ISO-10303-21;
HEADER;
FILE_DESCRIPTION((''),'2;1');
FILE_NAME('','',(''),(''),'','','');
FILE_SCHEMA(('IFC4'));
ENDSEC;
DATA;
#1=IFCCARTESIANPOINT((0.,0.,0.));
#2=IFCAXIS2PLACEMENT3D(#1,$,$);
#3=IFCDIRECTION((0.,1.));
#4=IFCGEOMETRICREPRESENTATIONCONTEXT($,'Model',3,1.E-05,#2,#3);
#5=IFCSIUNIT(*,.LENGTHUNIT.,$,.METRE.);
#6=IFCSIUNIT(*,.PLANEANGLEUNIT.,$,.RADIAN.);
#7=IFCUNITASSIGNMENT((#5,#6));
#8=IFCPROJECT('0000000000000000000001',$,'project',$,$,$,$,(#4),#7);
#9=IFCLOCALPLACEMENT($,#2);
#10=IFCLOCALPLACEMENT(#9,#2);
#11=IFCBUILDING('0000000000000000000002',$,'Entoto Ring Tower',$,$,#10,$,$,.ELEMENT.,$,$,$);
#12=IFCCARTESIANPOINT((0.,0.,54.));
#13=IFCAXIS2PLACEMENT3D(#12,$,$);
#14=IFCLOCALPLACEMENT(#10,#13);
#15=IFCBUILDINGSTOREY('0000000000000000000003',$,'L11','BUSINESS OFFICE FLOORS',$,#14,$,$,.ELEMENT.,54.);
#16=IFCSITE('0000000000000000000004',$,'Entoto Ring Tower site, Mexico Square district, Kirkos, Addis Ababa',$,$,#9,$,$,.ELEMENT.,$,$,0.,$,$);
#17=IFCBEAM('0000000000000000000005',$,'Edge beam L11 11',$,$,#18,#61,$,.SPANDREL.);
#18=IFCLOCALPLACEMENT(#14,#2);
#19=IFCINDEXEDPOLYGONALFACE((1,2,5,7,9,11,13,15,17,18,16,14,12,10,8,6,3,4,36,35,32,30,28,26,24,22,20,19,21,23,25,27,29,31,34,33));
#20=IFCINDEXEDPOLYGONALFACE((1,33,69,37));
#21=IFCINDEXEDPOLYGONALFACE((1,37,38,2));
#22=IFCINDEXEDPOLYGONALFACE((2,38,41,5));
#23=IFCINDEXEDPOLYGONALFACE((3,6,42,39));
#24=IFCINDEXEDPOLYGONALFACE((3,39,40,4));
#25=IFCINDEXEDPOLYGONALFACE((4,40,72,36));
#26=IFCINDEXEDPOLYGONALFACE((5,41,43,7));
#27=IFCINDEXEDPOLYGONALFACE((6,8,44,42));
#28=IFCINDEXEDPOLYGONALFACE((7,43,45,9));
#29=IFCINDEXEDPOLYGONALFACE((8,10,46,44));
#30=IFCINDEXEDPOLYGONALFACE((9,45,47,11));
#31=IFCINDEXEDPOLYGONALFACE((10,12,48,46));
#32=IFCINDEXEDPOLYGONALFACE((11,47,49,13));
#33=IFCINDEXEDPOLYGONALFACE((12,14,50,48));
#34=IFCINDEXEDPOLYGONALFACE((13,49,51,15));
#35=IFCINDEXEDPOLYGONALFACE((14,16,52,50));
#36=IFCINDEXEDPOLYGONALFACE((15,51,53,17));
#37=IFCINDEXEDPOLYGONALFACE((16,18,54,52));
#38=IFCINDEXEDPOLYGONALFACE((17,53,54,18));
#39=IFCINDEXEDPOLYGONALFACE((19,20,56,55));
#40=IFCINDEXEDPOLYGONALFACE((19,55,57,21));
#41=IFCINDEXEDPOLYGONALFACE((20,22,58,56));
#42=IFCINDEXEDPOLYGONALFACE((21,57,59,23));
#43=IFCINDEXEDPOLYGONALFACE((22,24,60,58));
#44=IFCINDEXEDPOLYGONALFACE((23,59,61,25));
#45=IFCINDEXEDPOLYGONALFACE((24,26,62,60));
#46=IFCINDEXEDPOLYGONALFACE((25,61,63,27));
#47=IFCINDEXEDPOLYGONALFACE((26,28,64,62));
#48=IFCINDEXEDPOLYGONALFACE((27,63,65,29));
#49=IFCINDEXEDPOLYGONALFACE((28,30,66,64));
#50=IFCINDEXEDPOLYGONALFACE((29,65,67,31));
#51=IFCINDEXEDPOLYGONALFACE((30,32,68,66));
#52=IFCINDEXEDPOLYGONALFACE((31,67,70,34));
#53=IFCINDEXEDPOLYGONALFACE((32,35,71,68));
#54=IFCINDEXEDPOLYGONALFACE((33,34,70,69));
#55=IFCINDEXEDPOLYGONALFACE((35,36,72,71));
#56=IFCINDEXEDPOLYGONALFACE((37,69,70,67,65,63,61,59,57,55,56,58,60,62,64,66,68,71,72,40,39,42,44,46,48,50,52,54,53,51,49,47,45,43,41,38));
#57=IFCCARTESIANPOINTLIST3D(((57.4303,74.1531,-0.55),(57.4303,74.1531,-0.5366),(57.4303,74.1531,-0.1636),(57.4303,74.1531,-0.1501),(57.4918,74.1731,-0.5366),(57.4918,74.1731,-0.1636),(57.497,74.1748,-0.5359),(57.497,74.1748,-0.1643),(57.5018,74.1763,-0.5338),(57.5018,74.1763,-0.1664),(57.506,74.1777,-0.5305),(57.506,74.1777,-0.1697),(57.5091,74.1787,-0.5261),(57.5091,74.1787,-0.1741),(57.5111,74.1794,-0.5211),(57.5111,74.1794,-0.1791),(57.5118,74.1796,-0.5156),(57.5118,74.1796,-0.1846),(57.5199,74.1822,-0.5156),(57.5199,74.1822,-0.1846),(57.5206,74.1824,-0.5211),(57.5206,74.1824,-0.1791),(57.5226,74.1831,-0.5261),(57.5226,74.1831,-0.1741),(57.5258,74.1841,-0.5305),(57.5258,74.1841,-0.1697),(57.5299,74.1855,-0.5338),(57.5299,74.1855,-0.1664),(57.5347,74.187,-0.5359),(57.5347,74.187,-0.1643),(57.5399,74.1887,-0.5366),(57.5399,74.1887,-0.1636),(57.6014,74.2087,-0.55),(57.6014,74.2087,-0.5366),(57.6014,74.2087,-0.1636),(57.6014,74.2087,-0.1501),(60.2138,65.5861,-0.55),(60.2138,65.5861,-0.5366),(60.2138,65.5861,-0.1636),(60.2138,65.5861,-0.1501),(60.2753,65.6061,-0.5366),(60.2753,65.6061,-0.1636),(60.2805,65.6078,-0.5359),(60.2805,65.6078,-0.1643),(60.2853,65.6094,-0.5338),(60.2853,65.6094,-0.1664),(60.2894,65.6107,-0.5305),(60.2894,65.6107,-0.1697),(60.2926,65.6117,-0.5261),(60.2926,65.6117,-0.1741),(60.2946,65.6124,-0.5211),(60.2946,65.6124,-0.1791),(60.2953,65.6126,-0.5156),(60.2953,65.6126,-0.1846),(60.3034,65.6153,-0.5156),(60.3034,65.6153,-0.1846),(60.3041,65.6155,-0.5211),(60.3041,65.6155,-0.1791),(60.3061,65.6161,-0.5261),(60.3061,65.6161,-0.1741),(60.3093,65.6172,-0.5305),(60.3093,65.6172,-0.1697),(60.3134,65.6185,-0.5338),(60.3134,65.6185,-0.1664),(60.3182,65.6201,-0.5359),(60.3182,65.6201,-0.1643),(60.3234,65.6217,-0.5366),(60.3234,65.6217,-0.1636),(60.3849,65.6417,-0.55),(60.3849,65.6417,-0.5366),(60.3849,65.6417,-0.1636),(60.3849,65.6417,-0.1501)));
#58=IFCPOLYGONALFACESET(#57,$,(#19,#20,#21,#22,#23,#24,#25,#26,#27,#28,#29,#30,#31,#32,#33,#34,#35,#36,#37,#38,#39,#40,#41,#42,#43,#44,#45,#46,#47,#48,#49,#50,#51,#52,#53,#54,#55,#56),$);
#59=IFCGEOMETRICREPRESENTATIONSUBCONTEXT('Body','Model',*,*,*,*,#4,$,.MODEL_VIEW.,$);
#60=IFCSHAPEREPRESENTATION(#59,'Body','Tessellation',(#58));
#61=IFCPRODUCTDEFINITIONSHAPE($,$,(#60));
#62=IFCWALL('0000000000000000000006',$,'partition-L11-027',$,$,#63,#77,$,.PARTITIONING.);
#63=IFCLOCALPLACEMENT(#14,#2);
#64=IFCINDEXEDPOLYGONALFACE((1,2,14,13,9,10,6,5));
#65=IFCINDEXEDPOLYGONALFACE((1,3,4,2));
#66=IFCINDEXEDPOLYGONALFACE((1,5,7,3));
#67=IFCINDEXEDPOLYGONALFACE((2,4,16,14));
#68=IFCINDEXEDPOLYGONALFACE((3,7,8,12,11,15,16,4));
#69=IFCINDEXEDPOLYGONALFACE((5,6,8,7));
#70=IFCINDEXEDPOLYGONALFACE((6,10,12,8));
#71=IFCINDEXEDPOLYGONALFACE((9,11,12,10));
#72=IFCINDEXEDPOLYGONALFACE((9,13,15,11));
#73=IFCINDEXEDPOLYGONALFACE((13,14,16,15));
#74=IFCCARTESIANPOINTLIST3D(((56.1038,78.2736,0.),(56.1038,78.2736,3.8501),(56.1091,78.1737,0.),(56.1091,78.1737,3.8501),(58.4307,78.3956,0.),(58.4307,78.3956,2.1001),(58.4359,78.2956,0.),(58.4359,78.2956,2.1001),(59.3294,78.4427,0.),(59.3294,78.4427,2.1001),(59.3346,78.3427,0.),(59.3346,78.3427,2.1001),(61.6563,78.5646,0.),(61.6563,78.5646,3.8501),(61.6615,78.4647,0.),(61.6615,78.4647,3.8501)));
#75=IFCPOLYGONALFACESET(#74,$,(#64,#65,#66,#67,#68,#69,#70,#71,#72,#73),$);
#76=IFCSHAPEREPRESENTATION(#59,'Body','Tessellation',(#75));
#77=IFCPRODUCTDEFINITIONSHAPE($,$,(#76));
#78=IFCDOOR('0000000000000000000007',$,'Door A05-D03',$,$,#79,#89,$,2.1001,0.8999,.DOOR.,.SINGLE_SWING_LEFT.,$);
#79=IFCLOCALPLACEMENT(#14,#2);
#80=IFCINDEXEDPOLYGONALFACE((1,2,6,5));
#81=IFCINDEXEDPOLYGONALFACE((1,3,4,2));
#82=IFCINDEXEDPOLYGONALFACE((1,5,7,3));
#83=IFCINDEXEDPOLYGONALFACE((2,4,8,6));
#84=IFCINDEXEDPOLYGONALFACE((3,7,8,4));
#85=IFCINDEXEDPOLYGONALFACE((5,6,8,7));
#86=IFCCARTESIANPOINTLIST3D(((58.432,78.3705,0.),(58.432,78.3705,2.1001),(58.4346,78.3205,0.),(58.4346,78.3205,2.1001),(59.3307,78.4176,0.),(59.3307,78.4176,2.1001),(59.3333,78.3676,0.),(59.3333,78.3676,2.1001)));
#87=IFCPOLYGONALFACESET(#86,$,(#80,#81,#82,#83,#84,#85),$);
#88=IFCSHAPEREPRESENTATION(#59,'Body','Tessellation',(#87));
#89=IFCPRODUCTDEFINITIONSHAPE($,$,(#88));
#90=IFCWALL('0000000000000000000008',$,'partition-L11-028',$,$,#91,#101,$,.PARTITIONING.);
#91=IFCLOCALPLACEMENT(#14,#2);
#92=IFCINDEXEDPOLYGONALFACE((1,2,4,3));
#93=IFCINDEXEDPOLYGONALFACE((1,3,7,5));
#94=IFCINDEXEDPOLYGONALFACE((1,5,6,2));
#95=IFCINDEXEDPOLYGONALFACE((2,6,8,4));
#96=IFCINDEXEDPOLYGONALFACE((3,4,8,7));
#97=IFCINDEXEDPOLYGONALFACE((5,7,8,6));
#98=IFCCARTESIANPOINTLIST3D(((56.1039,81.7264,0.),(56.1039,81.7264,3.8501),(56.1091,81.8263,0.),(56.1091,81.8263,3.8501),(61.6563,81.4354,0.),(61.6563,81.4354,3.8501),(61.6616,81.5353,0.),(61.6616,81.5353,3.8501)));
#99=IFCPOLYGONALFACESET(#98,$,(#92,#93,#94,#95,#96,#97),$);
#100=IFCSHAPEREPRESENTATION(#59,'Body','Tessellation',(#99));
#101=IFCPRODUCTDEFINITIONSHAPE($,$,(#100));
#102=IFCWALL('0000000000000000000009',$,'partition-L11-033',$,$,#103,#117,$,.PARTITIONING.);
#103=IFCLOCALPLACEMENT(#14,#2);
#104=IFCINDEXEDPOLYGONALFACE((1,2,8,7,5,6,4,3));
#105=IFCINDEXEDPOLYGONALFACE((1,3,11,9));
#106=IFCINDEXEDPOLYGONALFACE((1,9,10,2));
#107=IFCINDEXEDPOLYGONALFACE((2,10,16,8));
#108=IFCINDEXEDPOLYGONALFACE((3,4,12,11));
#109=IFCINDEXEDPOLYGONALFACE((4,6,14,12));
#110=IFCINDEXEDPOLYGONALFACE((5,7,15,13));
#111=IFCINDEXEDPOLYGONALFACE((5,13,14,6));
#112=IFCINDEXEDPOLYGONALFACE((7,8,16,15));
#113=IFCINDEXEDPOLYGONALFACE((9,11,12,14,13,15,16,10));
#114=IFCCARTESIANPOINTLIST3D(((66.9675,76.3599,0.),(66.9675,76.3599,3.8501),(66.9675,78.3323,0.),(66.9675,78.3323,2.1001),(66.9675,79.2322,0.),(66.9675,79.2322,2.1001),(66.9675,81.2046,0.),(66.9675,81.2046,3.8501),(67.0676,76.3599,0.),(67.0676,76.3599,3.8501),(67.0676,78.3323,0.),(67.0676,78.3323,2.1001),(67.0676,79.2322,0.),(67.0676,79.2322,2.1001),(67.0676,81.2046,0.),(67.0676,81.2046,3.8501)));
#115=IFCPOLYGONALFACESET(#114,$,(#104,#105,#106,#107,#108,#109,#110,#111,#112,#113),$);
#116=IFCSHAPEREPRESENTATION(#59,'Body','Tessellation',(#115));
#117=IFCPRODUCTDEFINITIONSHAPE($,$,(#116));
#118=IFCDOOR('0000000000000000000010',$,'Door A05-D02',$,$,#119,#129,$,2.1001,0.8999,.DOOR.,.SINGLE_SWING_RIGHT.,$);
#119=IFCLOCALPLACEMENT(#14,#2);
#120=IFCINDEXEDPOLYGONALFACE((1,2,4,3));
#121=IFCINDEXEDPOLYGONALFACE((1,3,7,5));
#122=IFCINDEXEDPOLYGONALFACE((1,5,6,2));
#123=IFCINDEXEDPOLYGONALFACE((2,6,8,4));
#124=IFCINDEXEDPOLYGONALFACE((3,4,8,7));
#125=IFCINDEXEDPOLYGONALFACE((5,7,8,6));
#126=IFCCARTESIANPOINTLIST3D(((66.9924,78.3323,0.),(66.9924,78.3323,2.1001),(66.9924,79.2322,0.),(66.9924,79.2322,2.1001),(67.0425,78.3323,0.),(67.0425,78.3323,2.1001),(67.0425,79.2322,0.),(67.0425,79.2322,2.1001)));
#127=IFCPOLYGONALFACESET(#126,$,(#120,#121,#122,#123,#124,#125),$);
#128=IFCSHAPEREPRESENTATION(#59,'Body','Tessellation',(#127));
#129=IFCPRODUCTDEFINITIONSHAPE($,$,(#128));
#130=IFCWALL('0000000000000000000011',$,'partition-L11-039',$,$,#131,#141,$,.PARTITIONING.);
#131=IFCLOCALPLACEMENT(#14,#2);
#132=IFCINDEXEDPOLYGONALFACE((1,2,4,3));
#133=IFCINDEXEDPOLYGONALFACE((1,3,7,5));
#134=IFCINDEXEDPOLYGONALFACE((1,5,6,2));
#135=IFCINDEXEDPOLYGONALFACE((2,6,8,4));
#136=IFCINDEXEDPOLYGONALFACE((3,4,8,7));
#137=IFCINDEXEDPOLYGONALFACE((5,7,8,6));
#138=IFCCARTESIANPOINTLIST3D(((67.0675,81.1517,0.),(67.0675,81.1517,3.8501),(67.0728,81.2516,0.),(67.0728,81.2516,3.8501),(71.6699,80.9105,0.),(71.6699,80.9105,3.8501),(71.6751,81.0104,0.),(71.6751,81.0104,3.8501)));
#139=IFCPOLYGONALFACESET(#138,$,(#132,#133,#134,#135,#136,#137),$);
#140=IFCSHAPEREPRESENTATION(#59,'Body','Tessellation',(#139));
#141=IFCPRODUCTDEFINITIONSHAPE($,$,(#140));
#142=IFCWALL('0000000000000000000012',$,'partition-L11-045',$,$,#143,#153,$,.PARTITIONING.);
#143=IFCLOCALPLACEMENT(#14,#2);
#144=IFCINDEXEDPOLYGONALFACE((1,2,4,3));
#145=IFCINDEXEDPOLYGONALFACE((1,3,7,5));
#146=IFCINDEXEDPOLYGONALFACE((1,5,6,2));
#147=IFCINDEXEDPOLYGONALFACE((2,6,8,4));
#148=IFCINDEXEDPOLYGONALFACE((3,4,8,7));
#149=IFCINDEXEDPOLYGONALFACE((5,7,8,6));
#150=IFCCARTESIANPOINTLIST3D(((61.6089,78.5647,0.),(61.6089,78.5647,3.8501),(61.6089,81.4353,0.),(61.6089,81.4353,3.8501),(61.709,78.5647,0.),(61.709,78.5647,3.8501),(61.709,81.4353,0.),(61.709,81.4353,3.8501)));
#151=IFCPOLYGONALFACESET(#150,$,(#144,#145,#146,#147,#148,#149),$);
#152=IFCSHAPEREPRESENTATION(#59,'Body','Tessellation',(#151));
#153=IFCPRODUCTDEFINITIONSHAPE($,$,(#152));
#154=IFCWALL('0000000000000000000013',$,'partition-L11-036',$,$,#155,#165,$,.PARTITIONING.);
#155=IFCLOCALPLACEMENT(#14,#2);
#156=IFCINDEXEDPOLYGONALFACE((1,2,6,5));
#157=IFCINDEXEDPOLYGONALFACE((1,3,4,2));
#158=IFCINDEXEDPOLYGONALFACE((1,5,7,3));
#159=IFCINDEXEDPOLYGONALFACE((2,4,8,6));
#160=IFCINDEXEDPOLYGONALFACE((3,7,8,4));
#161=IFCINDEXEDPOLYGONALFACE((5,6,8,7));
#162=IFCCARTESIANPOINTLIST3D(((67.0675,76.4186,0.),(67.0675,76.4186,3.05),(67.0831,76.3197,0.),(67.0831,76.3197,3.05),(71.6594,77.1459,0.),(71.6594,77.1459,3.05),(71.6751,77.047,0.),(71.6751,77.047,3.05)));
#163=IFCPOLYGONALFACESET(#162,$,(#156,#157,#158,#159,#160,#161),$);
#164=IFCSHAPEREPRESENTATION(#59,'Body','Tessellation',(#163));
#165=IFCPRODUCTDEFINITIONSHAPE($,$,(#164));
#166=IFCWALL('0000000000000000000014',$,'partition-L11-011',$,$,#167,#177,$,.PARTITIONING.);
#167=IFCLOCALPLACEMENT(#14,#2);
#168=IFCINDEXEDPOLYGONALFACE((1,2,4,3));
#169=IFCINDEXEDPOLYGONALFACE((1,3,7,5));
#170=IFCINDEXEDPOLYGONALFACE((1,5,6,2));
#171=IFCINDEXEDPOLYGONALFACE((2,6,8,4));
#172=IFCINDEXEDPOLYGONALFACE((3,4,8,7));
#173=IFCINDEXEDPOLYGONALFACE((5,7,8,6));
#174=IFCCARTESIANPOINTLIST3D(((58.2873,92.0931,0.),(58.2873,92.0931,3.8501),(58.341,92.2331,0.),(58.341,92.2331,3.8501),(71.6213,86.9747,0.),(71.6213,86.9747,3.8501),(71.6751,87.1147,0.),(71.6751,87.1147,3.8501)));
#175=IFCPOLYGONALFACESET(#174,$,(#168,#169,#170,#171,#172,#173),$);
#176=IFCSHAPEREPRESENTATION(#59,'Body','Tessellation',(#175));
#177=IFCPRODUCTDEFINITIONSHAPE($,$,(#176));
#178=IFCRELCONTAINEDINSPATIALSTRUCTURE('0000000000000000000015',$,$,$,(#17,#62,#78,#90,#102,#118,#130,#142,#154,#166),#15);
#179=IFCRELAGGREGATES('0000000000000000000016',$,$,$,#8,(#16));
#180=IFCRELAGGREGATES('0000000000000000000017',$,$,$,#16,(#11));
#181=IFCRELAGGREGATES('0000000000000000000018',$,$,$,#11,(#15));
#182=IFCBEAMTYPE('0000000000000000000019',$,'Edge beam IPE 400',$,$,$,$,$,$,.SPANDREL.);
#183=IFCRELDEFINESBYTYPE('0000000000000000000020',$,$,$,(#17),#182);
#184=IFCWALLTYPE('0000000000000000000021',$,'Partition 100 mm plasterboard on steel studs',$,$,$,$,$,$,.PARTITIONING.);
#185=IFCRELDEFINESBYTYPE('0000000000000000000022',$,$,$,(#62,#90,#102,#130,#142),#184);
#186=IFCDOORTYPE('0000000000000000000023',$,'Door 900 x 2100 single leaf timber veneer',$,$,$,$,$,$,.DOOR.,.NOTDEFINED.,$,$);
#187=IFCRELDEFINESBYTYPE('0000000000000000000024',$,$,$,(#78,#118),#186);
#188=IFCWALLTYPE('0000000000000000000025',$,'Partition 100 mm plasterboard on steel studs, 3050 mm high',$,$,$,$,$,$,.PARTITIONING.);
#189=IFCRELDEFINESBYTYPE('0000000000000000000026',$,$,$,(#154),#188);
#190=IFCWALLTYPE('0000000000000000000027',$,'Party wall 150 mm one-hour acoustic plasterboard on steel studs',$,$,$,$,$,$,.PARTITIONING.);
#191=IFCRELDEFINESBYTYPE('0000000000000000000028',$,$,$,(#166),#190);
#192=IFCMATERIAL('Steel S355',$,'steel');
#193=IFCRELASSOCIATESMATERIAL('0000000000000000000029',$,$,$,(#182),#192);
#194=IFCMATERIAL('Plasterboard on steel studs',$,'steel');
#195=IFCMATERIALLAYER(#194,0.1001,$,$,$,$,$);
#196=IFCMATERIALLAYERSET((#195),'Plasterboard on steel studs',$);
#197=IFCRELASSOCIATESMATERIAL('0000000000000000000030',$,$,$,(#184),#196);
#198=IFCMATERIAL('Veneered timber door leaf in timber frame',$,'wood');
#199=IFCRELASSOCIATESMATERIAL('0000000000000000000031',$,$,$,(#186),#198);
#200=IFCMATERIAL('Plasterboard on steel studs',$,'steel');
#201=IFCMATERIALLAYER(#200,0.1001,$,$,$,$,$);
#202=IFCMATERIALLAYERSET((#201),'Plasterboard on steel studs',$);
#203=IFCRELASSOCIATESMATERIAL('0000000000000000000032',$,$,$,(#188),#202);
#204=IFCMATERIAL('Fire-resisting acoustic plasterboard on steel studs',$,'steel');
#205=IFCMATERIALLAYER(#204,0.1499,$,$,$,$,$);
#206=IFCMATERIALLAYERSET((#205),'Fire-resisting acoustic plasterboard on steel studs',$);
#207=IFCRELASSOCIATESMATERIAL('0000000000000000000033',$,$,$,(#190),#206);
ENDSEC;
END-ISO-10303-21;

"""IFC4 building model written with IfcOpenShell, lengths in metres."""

from ifc_helpers import new_model, si_unit, direction, frame, frame_2d, origin, origin_2d, place, context, subcontext, project, spatial, rectangle, i_section, extrude, material, layer, layer_set, material_profile, profile_set, type_object, element, fill, save


model = new_model("IFC4")

# Units and contexts
model_context = context("Model", 3, precision=1e-05, world=origin(), true_north=direction((0.0, 1.0)))
body_context = subcontext(model_context, "Body", "Model", "MODEL_VIEW")
ifc_project = project(units=[si_unit("LENGTHUNIT", "METRE"), si_unit("PLANEANGLEUNIT", "RADIAN")], contexts=[model_context])

# Site, building, storey
site_placement = place(None, origin())
site = spatial("IfcSite", under=ifc_project, at=site_placement, Name="Entoto Ring Tower site, Mexico Square district, Kirkos, Addis Ababa", CompositionType="ELEMENT", RefElevation=0.0)
building_placement = place(site_placement, origin())
building = spatial("IfcBuilding", under=site, at=building_placement, Name="Entoto Ring Tower", CompositionType="ELEMENT")
storey_placement = place(building_placement, frame((0.0, 0.0, 54.0)))
storey = spatial("IfcBuildingStorey", under=building, at=storey_placement, Name="L11", Description="BUSINESS OFFICE FLOORS", CompositionType="ELEMENT", Elevation=54.0)

# Beam
ifc_material_1 = material(Name="Steel S355", Category="steel")
ifc_material_profile_1 = material_profile(ifc_material_1, i_section(OverallWidth=0.1799, OverallDepth=0.3999, WebThickness=0.0085, FlangeThickness=0.0134, FilletRadius=0.021, at=origin_2d()), Name="IPE 400")
ifc_profile_set_1 = profile_set([ifc_material_profile_1], Name="Steel S355")
beam_type = type_object("IfcBeamType", Name="Edge beam IPE 400", PredefinedType="SPANDREL", material=ifc_profile_set_1)
for number, where, z_axis, x_axis, name in (
    (1, (57.5159, 74.1809, -0.3501), (0.309006, -0.95106, 0.0), (0.95106, 0.309006, 0.0), "Edge beam L11 11"),
):
    element("IfcBeam", number, at=place(storey_placement, frame(where, z_axis=z_axis, x_axis=x_axis)), inside=storey, type_object=beam_type, Name=name, PredefinedType="SPANDREL", context=body_context, shape_type="SweptSolid", body=[
        extrude(i_section(OverallWidth=0.1799, OverallDepth=0.3999, WebThickness=0.0085, FlangeThickness=0.0134, FilletRadius=0.021, at=origin_2d()), origin(), (0.0, 0.0, 1.0), 9.0078),
    ])

# Wall, opening, door
ifc_material_2 = material(Name="Plasterboard on steel studs", Category="steel")
ifc_layer_1 = layer(ifc_material_2, 0.1001)
ifc_layer_set_1 = layer_set([ifc_layer_1], Name="Plasterboard on steel studs")
wall_type_1 = type_object("IfcWallType", Name="Partition 100 mm plasterboard on steel studs", PredefinedType="PARTITIONING", material=ifc_layer_set_1)
wall_1_placement = place(storey_placement, frame((56.1064, 78.2236, 0.0), z_axis=(0.0, 0.0, 1.0), x_axis=(0.998629, 0.05234, 0.0)))
wall_1 = element("IfcWall", 2, at=wall_1_placement, inside=storey, type_object=wall_type_1, Name="partition-L11-027", PredefinedType="PARTITIONING", context=body_context, shape_type="SweptSolid", body=[
    extrude(rectangle(XDim=5.5601, YDim=0.1001, at=frame_2d((2.78, 0.0))), origin(), (0.0, 0.0, 1.0), 3.8501),
])
opening_1_placement = place(wall_1_placement, frame((2.3301, 0.0, 0.0)))
opening_1 = element("IfcOpeningElement", 3, at=opening_1_placement, cuts=wall_1, PredefinedType="OPENING", context=body_context, shape_type="SweptSolid", body=[
    extrude(rectangle(XDim=0.8999, YDim=2.1001, at=frame_2d((0.45, 1.05))), frame((0.0, 0.0601, 0.0), z_axis=(0.0, -1.0, 0.0), x_axis=(1.0, 0.0, 0.0)), (0.0, 0.0, 1.0), 0.1201),
])
ifc_material_3 = material(Name="Veneered timber door leaf in timber frame", Category="wood")
door_type = type_object("IfcDoorType", Name="Door 900 x 2100 single leaf timber veneer", OperationType="NOTDEFINED", PredefinedType="DOOR", material=ifc_material_3)
door_1_placement = place(opening_1_placement, origin())
door_1 = element("IfcDoor", 4, at=door_1_placement, inside=storey, type_object=door_type, Name="Door A05-D03", OperationType="SINGLE_SWING_LEFT", OverallHeight=2.1001, OverallWidth=0.8999, PredefinedType="DOOR", context=body_context, shape_type="SweptSolid", body=[
    extrude(rectangle(XDim=0.8999, YDim=2.1001, at=frame_2d((0.45, 1.05))), frame((0.0, 0.0249, 0.0), z_axis=(0.0, -1.0, 0.0), x_axis=(1.0, 0.0, 0.0)), (0.0, 0.0, 1.0), 0.05),
])
fill(opening_1, door_1)

# Wall
wall_2_placement = place(storey_placement, frame((61.6589, 81.4854, 0.0), z_axis=(0.0, 0.0, 1.0), x_axis=(-0.998629, 0.05234, 0.0)))
element("IfcWall", 5, at=wall_2_placement, inside=storey, type_object=wall_type_1, Name="partition-L11-028", PredefinedType="PARTITIONING", context=body_context, shape_type="SweptSolid", body=[
    extrude(rectangle(XDim=5.5601, YDim=0.1001, at=frame_2d((2.78, 0.0))), origin(), (0.0, 0.0, 1.0), 3.8501),
])

# Wall, opening, door
wall_3_placement = place(storey_placement, frame((67.0176, 76.3599, 0.0), z_axis=(0.0, 0.0, 1.0), x_axis=(0.0, 1.0, 0.0)))
wall_3 = element("IfcWall", 6, at=wall_3_placement, inside=storey, type_object=wall_type_1, Name="partition-L11-033", PredefinedType="PARTITIONING", context=body_context, shape_type="SweptSolid", body=[
    extrude(rectangle(XDim=4.8447, YDim=0.1001, at=frame_2d((2.4224, 0.0))), origin(), (0.0, 0.0, 1.0), 3.8501),
])
opening_2_placement = place(wall_3_placement, frame((1.9724, 0.0, 0.0)))
opening_2 = element("IfcOpeningElement", 7, at=opening_2_placement, cuts=wall_3, PredefinedType="OPENING", context=body_context, shape_type="SweptSolid", body=[
    extrude(rectangle(XDim=0.8999, YDim=2.1001, at=frame_2d((0.45, 1.05))), frame((0.0, 0.0601, 0.0), z_axis=(0.0, -1.0, 0.0), x_axis=(1.0, 0.0, 0.0)), (0.0, 0.0, 1.0), 0.1201),
])
door_2_placement = place(opening_2_placement, frame((0.8999, 0.0, 0.0), z_axis=(0.0, 0.0, 1.0), x_axis=(-1.0, 0.0, 0.0)))
door_2 = element("IfcDoor", 8, at=door_2_placement, inside=storey, type_object=door_type, Name="Door A05-D02", OperationType="SINGLE_SWING_RIGHT", OverallHeight=2.1001, OverallWidth=0.8999, PredefinedType="DOOR", context=body_context, shape_type="SweptSolid", body=[
    extrude(rectangle(XDim=0.8999, YDim=2.1001, at=frame_2d((0.45, 1.05))), frame((0.0, 0.0249, 0.0), z_axis=(0.0, -1.0, 0.0), x_axis=(1.0, 0.0, 0.0)), (0.0, 0.0, 1.0), 0.05),
])
fill(opening_2, door_2)

# Walls
wall_4_placement = place(storey_placement, frame((71.6724, 80.9604, 0.0), z_axis=(0.0, 0.0, 1.0), x_axis=(-0.998629, 0.052339, 0.0)))
element("IfcWall", 9, at=wall_4_placement, inside=storey, type_object=wall_type_1, Name="partition-L11-039", PredefinedType="PARTITIONING", context=body_context, shape_type="SweptSolid", body=[
    extrude(rectangle(XDim=4.6086, YDim=0.1001, at=frame_2d((2.3042, 0.0))), origin(), (0.0, 0.0, 1.0), 3.8501),
])
wall_5_placement = place(storey_placement, frame((61.6589, 78.5647, 0.0), z_axis=(0.0, 0.0, 1.0), x_axis=(0.0, 1.0, 0.0)))
element("IfcWall", 10, at=wall_5_placement, inside=storey, type_object=wall_type_1, Name="partition-L11-045", PredefinedType="PARTITIONING", context=body_context, shape_type="SweptSolid", body=[
    extrude(rectangle(XDim=2.8706, YDim=0.1001, at=frame_2d((1.4353, 0.0))), origin(), (0.0, 0.0, 1.0), 3.8501),
])
ifc_material_4 = material(Name="Plasterboard on steel studs", Category="steel")
ifc_layer_2 = layer(ifc_material_4, 0.1001)
ifc_layer_set_2 = layer_set([ifc_layer_2], Name="Plasterboard on steel studs")
wall_type_2 = type_object("IfcWallType", Name="Partition 100 mm plasterboard on steel studs, 3050 mm high", PredefinedType="PARTITIONING", material=ifc_layer_set_2)
wall_6_placement = place(storey_placement, frame((67.0752, 76.3691, 0.0), z_axis=(0.0, 0.0, 1.0), x_axis=(0.987689, 0.156432, 0.0)))
element("IfcWall", 11, at=wall_6_placement, inside=storey, type_object=wall_type_2, Name="partition-L11-036", PredefinedType="PARTITIONING", context=body_context, shape_type="SweptSolid", body=[
    extrude(rectangle(XDim=4.6492, YDim=0.1001, at=frame_2d((2.3247, 0.0))), origin(), (0.0, 0.0, 1.0), 3.05),
])
ifc_material_5 = material(Name="Fire-resisting acoustic plasterboard on steel studs", Category="steel")
ifc_layer_3 = layer(ifc_material_5, 0.1499)
ifc_layer_set_3 = layer_set([ifc_layer_3], Name="Fire-resisting acoustic plasterboard on steel studs")
wall_type_3 = type_object("IfcWallType", Name="Party wall 150 mm one-hour acoustic plasterboard on steel studs", PredefinedType="PARTITIONING", material=ifc_layer_set_3)
wall_7_placement = place(storey_placement, frame((71.6482, 87.0447, 0.0), z_axis=(0.0, 0.0, 1.0), x_axis=(-0.933581, 0.358366, 0.0)))
element("IfcWall", 12, at=wall_7_placement, inside=storey, type_object=wall_type_3, Name="partition-L11-011", PredefinedType="PARTITIONING", context=body_context, shape_type="SweptSolid", body=[
    extrude(rectangle(XDim=14.2827, YDim=0.1499, at=frame_2d((7.1414, 0.0))), origin(), (0.0, 0.0, 1.0), 3.8501),
])

save(model, "model.ifc")
